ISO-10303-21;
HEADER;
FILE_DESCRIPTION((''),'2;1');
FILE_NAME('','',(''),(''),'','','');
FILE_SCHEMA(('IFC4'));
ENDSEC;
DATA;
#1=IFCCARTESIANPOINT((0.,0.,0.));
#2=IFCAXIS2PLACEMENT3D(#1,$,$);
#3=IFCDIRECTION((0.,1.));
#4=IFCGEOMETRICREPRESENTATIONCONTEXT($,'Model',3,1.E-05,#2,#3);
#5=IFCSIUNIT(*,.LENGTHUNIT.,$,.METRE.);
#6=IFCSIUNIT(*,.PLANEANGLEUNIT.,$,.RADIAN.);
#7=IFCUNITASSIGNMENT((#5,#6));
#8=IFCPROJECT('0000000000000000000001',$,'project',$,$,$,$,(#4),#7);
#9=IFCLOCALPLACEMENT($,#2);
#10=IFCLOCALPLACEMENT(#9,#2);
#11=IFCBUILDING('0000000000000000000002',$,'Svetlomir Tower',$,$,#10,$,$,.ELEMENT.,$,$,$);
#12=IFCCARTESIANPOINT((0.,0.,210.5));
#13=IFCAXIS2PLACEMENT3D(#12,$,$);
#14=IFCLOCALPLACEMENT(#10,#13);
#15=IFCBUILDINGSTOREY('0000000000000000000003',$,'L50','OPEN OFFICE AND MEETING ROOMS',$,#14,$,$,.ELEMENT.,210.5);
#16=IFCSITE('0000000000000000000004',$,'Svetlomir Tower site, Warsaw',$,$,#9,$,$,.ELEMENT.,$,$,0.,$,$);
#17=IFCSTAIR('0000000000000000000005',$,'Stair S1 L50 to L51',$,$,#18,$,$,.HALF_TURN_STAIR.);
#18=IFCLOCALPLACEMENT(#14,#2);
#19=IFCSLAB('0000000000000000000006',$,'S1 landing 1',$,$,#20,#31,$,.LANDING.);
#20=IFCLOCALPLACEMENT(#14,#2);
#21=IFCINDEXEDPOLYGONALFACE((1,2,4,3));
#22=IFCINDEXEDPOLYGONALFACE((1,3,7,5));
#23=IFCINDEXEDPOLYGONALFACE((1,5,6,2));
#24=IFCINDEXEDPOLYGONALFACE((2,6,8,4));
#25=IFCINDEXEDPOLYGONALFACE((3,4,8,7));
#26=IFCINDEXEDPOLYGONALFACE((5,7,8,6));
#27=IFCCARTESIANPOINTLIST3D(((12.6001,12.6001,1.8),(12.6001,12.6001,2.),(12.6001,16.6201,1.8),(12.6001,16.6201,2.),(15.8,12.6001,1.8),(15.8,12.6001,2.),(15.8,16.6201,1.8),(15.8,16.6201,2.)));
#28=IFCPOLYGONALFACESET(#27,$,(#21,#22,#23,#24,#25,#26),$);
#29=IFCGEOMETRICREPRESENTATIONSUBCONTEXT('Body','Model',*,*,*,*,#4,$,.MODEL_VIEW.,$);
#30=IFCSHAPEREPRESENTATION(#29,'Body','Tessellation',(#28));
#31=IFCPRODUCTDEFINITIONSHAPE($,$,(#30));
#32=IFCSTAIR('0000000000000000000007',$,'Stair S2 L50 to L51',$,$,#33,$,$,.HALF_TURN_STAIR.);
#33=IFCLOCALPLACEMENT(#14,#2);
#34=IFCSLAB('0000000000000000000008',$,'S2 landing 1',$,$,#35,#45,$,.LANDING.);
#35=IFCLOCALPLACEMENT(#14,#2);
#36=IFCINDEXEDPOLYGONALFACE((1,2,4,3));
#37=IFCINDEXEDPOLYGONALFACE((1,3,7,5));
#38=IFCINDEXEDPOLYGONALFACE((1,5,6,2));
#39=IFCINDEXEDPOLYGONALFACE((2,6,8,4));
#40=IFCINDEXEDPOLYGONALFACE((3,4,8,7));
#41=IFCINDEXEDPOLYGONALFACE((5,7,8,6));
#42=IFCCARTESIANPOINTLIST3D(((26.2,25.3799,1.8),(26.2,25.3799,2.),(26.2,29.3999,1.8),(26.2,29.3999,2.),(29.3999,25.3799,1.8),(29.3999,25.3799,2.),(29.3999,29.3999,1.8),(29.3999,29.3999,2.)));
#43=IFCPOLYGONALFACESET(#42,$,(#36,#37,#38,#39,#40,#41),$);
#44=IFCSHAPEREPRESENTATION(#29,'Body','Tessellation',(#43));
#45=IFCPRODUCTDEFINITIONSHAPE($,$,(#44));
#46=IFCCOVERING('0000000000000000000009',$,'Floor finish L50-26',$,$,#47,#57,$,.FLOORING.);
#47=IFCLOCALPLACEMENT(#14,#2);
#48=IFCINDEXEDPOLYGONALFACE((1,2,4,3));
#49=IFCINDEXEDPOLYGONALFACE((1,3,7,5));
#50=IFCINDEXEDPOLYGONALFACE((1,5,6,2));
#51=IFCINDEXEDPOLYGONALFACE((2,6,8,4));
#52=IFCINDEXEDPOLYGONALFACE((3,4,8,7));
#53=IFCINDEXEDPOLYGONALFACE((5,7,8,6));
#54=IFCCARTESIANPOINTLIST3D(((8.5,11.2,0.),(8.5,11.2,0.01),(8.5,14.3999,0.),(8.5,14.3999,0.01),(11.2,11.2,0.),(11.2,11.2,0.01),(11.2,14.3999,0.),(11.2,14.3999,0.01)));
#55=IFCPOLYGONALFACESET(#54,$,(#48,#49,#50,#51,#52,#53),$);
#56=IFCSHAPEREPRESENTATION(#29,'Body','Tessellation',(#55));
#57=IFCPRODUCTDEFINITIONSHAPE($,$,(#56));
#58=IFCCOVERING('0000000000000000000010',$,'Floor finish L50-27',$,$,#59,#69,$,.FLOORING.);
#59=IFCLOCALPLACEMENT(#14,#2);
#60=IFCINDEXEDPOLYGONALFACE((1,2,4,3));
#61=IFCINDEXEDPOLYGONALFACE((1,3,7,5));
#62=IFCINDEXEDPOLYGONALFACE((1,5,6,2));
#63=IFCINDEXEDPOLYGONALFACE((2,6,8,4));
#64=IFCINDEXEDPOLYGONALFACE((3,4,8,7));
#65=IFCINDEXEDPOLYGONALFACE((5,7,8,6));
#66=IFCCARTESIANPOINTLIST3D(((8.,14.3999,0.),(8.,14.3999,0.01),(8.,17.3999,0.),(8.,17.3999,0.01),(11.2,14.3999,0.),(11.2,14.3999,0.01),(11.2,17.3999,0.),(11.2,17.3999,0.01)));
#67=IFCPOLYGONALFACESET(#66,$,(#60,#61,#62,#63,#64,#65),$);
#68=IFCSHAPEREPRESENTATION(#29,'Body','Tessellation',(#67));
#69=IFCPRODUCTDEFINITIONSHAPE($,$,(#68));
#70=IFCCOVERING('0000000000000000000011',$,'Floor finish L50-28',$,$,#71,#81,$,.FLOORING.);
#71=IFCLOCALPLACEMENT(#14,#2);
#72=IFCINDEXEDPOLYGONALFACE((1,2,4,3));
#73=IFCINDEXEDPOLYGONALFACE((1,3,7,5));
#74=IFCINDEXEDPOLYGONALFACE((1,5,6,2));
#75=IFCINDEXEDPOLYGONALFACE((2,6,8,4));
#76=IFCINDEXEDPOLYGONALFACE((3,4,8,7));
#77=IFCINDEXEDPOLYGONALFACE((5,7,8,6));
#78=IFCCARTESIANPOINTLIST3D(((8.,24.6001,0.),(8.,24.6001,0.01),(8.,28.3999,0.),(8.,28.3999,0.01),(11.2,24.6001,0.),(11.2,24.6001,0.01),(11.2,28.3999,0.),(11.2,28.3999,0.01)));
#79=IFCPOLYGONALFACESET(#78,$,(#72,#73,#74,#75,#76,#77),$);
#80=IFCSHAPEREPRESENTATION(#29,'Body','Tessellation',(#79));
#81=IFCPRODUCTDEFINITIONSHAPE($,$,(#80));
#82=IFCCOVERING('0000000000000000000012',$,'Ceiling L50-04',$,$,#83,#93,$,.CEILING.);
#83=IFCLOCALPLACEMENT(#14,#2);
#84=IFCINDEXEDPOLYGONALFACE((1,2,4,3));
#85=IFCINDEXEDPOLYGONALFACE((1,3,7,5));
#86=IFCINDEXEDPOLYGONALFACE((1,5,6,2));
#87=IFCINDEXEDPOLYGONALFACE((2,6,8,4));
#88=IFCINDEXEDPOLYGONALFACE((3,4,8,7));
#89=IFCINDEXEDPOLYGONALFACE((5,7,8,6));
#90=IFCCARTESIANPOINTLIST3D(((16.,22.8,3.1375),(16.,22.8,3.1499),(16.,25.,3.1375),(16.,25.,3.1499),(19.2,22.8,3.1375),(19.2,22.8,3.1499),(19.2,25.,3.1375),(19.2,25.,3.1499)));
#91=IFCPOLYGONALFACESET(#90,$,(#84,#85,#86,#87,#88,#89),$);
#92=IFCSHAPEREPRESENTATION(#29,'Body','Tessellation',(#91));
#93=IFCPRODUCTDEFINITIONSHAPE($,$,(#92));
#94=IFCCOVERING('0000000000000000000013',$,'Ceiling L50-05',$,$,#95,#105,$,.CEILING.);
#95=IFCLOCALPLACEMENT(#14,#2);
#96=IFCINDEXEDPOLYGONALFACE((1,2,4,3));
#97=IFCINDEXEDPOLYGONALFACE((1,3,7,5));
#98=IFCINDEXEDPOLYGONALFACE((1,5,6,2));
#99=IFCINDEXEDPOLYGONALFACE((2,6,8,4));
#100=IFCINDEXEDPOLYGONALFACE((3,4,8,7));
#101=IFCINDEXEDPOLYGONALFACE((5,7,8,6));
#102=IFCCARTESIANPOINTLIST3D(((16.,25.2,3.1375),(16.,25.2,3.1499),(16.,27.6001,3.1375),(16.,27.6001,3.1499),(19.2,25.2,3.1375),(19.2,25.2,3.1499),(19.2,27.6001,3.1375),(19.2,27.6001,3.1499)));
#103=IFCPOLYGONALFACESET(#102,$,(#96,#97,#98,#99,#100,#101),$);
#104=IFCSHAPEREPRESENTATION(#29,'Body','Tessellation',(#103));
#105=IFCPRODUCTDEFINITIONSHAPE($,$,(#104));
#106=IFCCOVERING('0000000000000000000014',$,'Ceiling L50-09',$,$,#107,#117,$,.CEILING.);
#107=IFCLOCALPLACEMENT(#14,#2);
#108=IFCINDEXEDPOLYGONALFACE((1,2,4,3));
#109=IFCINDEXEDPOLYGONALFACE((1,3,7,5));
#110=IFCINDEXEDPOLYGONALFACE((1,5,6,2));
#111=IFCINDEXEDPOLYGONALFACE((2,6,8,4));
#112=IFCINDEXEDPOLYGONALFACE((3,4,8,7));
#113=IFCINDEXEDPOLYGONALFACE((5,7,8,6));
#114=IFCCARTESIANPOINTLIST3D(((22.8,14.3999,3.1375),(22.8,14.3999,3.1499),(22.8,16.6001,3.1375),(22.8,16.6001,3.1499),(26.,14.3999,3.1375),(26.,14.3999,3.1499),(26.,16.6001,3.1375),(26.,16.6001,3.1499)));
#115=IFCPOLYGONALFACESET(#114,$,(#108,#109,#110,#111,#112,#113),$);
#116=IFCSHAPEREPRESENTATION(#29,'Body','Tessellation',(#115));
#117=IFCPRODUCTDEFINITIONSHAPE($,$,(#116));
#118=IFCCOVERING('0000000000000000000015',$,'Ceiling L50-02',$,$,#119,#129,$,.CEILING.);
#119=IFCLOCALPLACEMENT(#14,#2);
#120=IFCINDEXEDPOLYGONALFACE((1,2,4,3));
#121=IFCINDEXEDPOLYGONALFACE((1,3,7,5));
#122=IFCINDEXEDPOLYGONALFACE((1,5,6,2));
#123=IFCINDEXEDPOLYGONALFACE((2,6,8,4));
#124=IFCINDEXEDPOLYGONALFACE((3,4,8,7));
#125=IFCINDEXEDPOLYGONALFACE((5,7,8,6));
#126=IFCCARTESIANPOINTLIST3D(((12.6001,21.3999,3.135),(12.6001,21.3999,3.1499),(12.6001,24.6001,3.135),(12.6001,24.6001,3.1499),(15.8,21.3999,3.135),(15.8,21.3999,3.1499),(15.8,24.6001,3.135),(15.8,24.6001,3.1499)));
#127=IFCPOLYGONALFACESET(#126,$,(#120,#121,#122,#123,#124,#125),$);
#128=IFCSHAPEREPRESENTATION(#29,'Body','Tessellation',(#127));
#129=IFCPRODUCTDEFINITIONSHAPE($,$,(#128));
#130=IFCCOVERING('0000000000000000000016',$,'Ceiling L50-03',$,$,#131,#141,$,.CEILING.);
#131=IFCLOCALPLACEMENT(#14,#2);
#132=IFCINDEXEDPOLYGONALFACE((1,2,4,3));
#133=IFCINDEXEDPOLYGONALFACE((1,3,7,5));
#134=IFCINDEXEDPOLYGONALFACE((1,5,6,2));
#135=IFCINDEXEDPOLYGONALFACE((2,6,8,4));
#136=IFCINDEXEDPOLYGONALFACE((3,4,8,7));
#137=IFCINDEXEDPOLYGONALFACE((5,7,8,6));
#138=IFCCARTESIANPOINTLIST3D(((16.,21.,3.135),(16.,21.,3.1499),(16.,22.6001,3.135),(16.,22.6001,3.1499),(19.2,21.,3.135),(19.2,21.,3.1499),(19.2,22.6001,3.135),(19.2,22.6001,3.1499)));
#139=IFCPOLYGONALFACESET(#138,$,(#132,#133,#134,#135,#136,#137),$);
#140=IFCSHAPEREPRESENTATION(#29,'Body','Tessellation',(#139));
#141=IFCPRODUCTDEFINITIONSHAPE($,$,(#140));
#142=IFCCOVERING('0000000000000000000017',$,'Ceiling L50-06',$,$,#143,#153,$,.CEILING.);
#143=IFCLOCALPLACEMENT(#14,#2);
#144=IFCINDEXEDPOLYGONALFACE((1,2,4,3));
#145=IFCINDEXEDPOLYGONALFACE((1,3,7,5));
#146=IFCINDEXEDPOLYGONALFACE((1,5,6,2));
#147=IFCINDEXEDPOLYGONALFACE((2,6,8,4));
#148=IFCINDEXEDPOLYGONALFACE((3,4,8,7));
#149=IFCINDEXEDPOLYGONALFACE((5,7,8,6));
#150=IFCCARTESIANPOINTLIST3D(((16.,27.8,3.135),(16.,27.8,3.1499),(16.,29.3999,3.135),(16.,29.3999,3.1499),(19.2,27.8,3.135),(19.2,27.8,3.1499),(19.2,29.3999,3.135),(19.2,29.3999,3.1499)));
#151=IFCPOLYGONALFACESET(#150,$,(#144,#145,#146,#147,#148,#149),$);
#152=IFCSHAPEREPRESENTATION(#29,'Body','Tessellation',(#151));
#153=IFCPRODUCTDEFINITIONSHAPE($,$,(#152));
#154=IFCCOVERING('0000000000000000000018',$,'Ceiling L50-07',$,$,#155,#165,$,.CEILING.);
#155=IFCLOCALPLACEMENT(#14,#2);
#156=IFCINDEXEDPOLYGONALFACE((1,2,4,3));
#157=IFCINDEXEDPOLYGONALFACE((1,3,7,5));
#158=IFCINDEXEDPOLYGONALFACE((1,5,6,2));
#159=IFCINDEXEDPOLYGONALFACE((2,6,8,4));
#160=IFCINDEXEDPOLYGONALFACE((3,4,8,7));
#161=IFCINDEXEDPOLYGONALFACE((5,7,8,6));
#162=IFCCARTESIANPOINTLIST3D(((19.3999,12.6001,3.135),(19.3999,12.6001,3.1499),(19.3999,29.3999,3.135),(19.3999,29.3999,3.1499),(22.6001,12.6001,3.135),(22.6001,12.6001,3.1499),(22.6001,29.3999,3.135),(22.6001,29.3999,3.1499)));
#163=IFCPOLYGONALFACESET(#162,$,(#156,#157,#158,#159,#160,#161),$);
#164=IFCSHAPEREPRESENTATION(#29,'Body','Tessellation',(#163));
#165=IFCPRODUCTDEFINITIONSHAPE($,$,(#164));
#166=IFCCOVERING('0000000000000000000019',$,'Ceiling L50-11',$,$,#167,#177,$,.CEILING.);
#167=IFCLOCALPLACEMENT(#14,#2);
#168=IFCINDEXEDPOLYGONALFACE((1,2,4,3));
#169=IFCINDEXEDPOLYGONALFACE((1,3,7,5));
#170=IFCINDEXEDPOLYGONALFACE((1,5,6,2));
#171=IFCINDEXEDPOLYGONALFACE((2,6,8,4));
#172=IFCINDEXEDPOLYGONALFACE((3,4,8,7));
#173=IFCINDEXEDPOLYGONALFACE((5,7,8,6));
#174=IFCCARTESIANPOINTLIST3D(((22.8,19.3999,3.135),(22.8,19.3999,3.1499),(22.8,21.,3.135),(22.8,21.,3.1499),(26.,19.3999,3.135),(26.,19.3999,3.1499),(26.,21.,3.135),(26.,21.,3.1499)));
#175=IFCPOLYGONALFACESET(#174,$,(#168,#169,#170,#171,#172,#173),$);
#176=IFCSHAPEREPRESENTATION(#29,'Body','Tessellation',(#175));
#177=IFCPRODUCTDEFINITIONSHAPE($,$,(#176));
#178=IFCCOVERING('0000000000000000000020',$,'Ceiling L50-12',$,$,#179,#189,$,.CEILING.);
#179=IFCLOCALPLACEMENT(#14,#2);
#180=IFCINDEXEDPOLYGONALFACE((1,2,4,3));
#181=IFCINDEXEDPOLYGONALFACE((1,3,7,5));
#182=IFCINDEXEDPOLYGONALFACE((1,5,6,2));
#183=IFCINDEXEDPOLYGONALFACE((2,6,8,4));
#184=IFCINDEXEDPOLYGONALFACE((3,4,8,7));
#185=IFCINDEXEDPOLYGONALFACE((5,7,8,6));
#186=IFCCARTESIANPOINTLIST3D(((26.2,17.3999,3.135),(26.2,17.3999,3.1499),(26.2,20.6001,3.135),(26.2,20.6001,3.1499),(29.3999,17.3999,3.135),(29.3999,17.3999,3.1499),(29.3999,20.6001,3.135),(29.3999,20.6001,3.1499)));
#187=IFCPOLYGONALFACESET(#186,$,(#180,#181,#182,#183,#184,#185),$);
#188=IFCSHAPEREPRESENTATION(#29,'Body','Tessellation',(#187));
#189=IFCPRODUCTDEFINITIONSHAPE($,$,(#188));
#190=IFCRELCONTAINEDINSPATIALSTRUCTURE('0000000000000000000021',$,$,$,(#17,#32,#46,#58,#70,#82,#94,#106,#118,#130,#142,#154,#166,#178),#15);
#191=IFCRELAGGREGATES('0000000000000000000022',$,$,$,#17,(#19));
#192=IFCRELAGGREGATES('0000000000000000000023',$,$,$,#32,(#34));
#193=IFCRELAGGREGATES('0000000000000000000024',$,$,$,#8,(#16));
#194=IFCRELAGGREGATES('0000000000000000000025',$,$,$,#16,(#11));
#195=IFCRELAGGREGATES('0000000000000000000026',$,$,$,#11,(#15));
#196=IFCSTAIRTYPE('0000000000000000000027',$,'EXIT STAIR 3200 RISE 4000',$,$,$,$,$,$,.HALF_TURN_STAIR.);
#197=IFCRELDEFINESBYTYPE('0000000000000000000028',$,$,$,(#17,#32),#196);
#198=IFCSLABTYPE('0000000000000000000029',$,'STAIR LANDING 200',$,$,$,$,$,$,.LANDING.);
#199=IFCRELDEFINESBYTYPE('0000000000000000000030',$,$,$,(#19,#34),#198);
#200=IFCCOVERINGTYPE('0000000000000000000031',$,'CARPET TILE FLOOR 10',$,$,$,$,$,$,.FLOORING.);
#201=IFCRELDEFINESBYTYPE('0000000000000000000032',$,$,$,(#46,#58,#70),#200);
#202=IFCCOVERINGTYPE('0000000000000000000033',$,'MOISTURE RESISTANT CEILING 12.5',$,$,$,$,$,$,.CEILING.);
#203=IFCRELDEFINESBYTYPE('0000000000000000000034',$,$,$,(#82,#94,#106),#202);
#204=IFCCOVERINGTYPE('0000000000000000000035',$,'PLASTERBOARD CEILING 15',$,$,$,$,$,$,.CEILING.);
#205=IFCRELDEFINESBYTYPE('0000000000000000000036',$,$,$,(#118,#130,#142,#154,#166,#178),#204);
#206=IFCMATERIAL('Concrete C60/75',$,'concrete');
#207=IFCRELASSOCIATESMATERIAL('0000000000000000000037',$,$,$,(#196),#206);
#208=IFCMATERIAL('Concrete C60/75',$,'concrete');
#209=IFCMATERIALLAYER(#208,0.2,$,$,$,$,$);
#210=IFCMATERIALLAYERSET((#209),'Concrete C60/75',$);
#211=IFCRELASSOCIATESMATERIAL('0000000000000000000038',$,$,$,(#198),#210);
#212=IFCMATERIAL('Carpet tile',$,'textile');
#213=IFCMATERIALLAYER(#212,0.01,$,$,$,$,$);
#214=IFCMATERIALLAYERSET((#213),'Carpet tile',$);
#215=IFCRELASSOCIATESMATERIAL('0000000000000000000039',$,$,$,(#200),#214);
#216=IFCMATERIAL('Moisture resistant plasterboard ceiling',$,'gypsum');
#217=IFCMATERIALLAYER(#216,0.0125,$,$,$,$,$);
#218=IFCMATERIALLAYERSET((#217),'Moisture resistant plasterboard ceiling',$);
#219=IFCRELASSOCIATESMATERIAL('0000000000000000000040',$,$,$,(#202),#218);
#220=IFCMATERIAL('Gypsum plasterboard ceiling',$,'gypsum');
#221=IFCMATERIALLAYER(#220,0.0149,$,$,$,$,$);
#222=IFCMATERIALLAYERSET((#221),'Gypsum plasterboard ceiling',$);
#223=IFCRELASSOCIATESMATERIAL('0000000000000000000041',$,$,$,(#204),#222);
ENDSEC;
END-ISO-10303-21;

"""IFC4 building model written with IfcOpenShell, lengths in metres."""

from ifc_helpers import new_model, si_unit, direction, frame, origin, place, context, subcontext, project, spatial, polyline, outline, extrude, material, layer, layer_set, type_object, element, aggregate, save


model = new_model("IFC4")

# Units and contexts
model_context = context("Model", 3, precision=1e-05, world=origin(), true_north=direction((0.0, 1.0)))
body_context = subcontext(model_context, "Body", "Model", "MODEL_VIEW")
ifc_project = project(units=[si_unit("LENGTHUNIT", "METRE"), si_unit("PLANEANGLEUNIT", "RADIAN")], contexts=[model_context])

# Site, building, storey
site_placement = place(None, origin())
site = spatial("IfcSite", under=ifc_project, at=site_placement, Name="Svetlomir Tower site, Warsaw", CompositionType="ELEMENT", RefElevation=0.0)
building_placement = place(site_placement, origin())
building = spatial("IfcBuilding", under=site, at=building_placement, Name="Svetlomir Tower", CompositionType="ELEMENT")
storey_placement = place(building_placement, frame((0.0, 0.0, 210.5)))
storey = spatial("IfcBuildingStorey", under=building, at=storey_placement, Name="L50", Description="OPEN OFFICE AND MEETING ROOMS", CompositionType="ELEMENT", Elevation=210.5)

# Stairs, slabs
ifc_material_1 = material(Name="Concrete C60/75", Category="concrete")
stair_type = type_object("IfcStairType", Name="EXIT STAIR 3200 RISE 4000", PredefinedType="HALF_TURN_STAIR", material=ifc_material_1)
stair_1_placement = place(storey_placement, origin())
stair_1 = element("IfcStair", 1, at=stair_1_placement, inside=storey, type_object=stair_type, Name="Stair S1 L50 to L51", PredefinedType="HALF_TURN_STAIR")
ifc_material_2 = material(Name="Concrete C60/75", Category="concrete")
ifc_layer_1 = layer(ifc_material_2, 0.2)
ifc_layer_set_1 = layer_set([ifc_layer_1], Name="Concrete C60/75")
slab_type = type_object("IfcSlabType", Name="STAIR LANDING 200", PredefinedType="LANDING", material=ifc_layer_set_1)
slab_1_placement = place(storey_placement, frame((0.0, 0.0, 1.8)))
slab_1 = element("IfcSlab", 2, at=slab_1_placement, type_object=slab_type, Name="S1 landing 1", PredefinedType="LANDING", context=body_context, shape_type="SweptSolid", body=[
    extrude(outline(polyline([(12.6001, 12.6001), (15.8, 12.6001), (15.8, 16.6201), (12.6001, 16.6201), (12.6001, 12.6001)])), origin(), (0.0, 0.0, 1.0), 0.2),
])
aggregate(stair_1, [slab_1])
stair_2_placement = place(storey_placement, origin())
stair_2 = element("IfcStair", 3, at=stair_2_placement, inside=storey, type_object=stair_type, Name="Stair S2 L50 to L51", PredefinedType="HALF_TURN_STAIR")
slab_2_placement = place(storey_placement, frame((0.0, 0.0, 1.8)))
slab_2 = element("IfcSlab", 4, at=slab_2_placement, type_object=slab_type, Name="S2 landing 1", PredefinedType="LANDING", context=body_context, shape_type="SweptSolid", body=[
    extrude(outline(polyline([(26.2, 25.3799), (29.3999, 25.3799), (29.3999, 29.3999), (26.2, 29.3999), (26.2, 25.3799)])), origin(), (0.0, 0.0, 1.0), 0.2),
])
aggregate(stair_2, [slab_2])

# Coverings
ifc_material_3 = material(Name="Carpet tile", Category="textile")
ifc_layer_2 = layer(ifc_material_3, 0.01)
ifc_layer_set_2 = layer_set([ifc_layer_2], Name="Carpet tile")
covering_type_1 = type_object("IfcCoveringType", Name="CARPET TILE FLOOR 10", PredefinedType="FLOORING", material=ifc_layer_set_2)
covering_1_placement = place(storey_placement, origin())
element("IfcCovering", 5, at=covering_1_placement, inside=storey, type_object=covering_type_1, Name="Floor finish L50-26", PredefinedType="FLOORING", context=body_context, shape_type="SweptSolid", body=[
    extrude(outline(polyline([(8.5, 11.2), (11.2, 11.2), (11.2, 14.3999), (8.5, 14.3999), (8.5, 11.2)])), origin(), (0.0, 0.0, 1.0), 0.01),
])
covering_2_placement = place(storey_placement, origin())
element("IfcCovering", 6, at=covering_2_placement, inside=storey, type_object=covering_type_1, Name="Floor finish L50-27", PredefinedType="FLOORING", context=body_context, shape_type="SweptSolid", body=[
    extrude(outline(polyline([(8.0, 14.3999), (11.2, 14.3999), (11.2, 17.3999), (8.0, 17.3999), (8.0, 14.3999)])), origin(), (0.0, 0.0, 1.0), 0.01),
])
covering_3_placement = place(storey_placement, origin())
element("IfcCovering", 7, at=covering_3_placement, inside=storey, type_object=covering_type_1, Name="Floor finish L50-28", PredefinedType="FLOORING", context=body_context, shape_type="SweptSolid", body=[
    extrude(outline(polyline([(8.0, 24.6001), (11.2, 24.6001), (11.2, 28.3999), (8.0, 28.3999), (8.0, 24.6001)])), origin(), (0.0, 0.0, 1.0), 0.01),
])
ifc_material_4 = material(Name="Moisture resistant plasterboard ceiling", Category="gypsum")
ifc_layer_3 = layer(ifc_material_4, 0.0125)
ifc_layer_set_3 = layer_set([ifc_layer_3], Name="Moisture resistant plasterboard ceiling")
covering_type_2 = type_object("IfcCoveringType", Name="MOISTURE RESISTANT CEILING 12.5", PredefinedType="CEILING", material=ifc_layer_set_3)
covering_4_placement = place(storey_placement, frame((0.0, 0.0, 3.1375)))
element("IfcCovering", 8, at=covering_4_placement, inside=storey, type_object=covering_type_2, Name="Ceiling L50-04", PredefinedType="CEILING", context=body_context, shape_type="SweptSolid", body=[
    extrude(outline(polyline([(16.0, 22.8), (19.2, 22.8), (19.2, 25.0), (16.0, 25.0), (16.0, 22.8)])), origin(), (0.0, 0.0, 1.0), 0.0125),
])
covering_5_placement = place(storey_placement, frame((0.0, 0.0, 3.1375)))
element("IfcCovering", 9, at=covering_5_placement, inside=storey, type_object=covering_type_2, Name="Ceiling L50-05", PredefinedType="CEILING", context=body_context, shape_type="SweptSolid", body=[
    extrude(outline(polyline([(16.0, 25.2), (19.2, 25.2), (19.2, 27.6001), (16.0, 27.6001), (16.0, 25.2)])), origin(), (0.0, 0.0, 1.0), 0.0125),
])
covering_6_placement = place(storey_placement, frame((0.0, 0.0, 3.1375)))
element("IfcCovering", 10, at=covering_6_placement, inside=storey, type_object=covering_type_2, Name="Ceiling L50-09", PredefinedType="CEILING", context=body_context, shape_type="SweptSolid", body=[
    extrude(outline(polyline([(22.8, 14.3999), (26.0, 14.3999), (26.0, 16.6001), (22.8, 16.6001), (22.8, 14.3999)])), origin(), (0.0, 0.0, 1.0), 0.0125),
])
ifc_material_5 = material(Name="Gypsum plasterboard ceiling", Category="gypsum")
ifc_layer_4 = layer(ifc_material_5, 0.0149)
ifc_layer_set_4 = layer_set([ifc_layer_4], Name="Gypsum plasterboard ceiling")
covering_type_3 = type_object("IfcCoveringType", Name="PLASTERBOARD CEILING 15", PredefinedType="CEILING", material=ifc_layer_set_4)
covering_7_placement = place(storey_placement, frame((0.0, 0.0, 3.135)))
element("IfcCovering", 11, at=covering_7_placement, inside=storey, type_object=covering_type_3, Name="Ceiling L50-02", PredefinedType="CEILING", context=body_context, shape_type="SweptSolid", body=[
    extrude(outline(polyline([(12.6001, 21.3999), (15.8, 21.3999), (15.8, 24.6001), (12.6001, 24.6001), (12.6001, 21.3999)])), origin(), (0.0, 0.0, 1.0), 0.0149),
])
covering_8_placement = place(storey_placement, frame((0.0, 0.0, 3.135)))
element("IfcCovering", 12, at=covering_8_placement, inside=storey, type_object=covering_type_3, Name="Ceiling L50-03", PredefinedType="CEILING", context=body_context, shape_type="SweptSolid", body=[
    extrude(outline(polyline([(16.0, 21.0), (19.2, 21.0), (19.2, 22.6001), (16.0, 22.6001), (16.0, 21.0)])), origin(), (0.0, 0.0, 1.0), 0.0149),
])
covering_9_placement = place(storey_placement, frame((0.0, 0.0, 3.135)))
element("IfcCovering", 13, at=covering_9_placement, inside=storey, type_object=covering_type_3, Name="Ceiling L50-06", PredefinedType="CEILING", context=body_context, shape_type="SweptSolid", body=[
    extrude(outline(polyline([(16.0, 27.8), (19.2, 27.8), (19.2, 29.3999), (16.0, 29.3999), (16.0, 27.8)])), origin(), (0.0, 0.0, 1.0), 0.0149),
])
covering_10_placement = place(storey_placement, frame((0.0, 0.0, 3.135)))
element("IfcCovering", 14, at=covering_10_placement, inside=storey, type_object=covering_type_3, Name="Ceiling L50-07", PredefinedType="CEILING", context=body_context, shape_type="SweptSolid", body=[
    extrude(outline(polyline([(19.3999, 12.6001), (22.6001, 12.6001), (22.6001, 29.3999), (19.3999, 29.3999), (19.3999, 12.6001)])), origin(), (0.0, 0.0, 1.0), 0.0149),
])
covering_11_placement = place(storey_placement, frame((0.0, 0.0, 3.135)))
element("IfcCovering", 15, at=covering_11_placement, inside=storey, type_object=covering_type_3, Name="Ceiling L50-11", PredefinedType="CEILING", context=body_context, shape_type="SweptSolid", body=[
    extrude(outline(polyline([(22.8, 19.3999), (26.0, 19.3999), (26.0, 21.0), (22.8, 21.0), (22.8, 19.3999)])), origin(), (0.0, 0.0, 1.0), 0.0149),
])
covering_12_placement = place(storey_placement, frame((0.0, 0.0, 3.135)))
element("IfcCovering", 16, at=covering_12_placement, inside=storey, type_object=covering_type_3, Name="Ceiling L50-12", PredefinedType="CEILING", context=body_context, shape_type="SweptSolid", body=[
    extrude(outline(polyline([(26.2, 17.3999), (29.3999, 17.3999), (29.3999, 20.6001), (26.2, 20.6001), (26.2, 17.3999)])), origin(), (0.0, 0.0, 1.0), 0.0149),
])

save(model, "model.ifc")
